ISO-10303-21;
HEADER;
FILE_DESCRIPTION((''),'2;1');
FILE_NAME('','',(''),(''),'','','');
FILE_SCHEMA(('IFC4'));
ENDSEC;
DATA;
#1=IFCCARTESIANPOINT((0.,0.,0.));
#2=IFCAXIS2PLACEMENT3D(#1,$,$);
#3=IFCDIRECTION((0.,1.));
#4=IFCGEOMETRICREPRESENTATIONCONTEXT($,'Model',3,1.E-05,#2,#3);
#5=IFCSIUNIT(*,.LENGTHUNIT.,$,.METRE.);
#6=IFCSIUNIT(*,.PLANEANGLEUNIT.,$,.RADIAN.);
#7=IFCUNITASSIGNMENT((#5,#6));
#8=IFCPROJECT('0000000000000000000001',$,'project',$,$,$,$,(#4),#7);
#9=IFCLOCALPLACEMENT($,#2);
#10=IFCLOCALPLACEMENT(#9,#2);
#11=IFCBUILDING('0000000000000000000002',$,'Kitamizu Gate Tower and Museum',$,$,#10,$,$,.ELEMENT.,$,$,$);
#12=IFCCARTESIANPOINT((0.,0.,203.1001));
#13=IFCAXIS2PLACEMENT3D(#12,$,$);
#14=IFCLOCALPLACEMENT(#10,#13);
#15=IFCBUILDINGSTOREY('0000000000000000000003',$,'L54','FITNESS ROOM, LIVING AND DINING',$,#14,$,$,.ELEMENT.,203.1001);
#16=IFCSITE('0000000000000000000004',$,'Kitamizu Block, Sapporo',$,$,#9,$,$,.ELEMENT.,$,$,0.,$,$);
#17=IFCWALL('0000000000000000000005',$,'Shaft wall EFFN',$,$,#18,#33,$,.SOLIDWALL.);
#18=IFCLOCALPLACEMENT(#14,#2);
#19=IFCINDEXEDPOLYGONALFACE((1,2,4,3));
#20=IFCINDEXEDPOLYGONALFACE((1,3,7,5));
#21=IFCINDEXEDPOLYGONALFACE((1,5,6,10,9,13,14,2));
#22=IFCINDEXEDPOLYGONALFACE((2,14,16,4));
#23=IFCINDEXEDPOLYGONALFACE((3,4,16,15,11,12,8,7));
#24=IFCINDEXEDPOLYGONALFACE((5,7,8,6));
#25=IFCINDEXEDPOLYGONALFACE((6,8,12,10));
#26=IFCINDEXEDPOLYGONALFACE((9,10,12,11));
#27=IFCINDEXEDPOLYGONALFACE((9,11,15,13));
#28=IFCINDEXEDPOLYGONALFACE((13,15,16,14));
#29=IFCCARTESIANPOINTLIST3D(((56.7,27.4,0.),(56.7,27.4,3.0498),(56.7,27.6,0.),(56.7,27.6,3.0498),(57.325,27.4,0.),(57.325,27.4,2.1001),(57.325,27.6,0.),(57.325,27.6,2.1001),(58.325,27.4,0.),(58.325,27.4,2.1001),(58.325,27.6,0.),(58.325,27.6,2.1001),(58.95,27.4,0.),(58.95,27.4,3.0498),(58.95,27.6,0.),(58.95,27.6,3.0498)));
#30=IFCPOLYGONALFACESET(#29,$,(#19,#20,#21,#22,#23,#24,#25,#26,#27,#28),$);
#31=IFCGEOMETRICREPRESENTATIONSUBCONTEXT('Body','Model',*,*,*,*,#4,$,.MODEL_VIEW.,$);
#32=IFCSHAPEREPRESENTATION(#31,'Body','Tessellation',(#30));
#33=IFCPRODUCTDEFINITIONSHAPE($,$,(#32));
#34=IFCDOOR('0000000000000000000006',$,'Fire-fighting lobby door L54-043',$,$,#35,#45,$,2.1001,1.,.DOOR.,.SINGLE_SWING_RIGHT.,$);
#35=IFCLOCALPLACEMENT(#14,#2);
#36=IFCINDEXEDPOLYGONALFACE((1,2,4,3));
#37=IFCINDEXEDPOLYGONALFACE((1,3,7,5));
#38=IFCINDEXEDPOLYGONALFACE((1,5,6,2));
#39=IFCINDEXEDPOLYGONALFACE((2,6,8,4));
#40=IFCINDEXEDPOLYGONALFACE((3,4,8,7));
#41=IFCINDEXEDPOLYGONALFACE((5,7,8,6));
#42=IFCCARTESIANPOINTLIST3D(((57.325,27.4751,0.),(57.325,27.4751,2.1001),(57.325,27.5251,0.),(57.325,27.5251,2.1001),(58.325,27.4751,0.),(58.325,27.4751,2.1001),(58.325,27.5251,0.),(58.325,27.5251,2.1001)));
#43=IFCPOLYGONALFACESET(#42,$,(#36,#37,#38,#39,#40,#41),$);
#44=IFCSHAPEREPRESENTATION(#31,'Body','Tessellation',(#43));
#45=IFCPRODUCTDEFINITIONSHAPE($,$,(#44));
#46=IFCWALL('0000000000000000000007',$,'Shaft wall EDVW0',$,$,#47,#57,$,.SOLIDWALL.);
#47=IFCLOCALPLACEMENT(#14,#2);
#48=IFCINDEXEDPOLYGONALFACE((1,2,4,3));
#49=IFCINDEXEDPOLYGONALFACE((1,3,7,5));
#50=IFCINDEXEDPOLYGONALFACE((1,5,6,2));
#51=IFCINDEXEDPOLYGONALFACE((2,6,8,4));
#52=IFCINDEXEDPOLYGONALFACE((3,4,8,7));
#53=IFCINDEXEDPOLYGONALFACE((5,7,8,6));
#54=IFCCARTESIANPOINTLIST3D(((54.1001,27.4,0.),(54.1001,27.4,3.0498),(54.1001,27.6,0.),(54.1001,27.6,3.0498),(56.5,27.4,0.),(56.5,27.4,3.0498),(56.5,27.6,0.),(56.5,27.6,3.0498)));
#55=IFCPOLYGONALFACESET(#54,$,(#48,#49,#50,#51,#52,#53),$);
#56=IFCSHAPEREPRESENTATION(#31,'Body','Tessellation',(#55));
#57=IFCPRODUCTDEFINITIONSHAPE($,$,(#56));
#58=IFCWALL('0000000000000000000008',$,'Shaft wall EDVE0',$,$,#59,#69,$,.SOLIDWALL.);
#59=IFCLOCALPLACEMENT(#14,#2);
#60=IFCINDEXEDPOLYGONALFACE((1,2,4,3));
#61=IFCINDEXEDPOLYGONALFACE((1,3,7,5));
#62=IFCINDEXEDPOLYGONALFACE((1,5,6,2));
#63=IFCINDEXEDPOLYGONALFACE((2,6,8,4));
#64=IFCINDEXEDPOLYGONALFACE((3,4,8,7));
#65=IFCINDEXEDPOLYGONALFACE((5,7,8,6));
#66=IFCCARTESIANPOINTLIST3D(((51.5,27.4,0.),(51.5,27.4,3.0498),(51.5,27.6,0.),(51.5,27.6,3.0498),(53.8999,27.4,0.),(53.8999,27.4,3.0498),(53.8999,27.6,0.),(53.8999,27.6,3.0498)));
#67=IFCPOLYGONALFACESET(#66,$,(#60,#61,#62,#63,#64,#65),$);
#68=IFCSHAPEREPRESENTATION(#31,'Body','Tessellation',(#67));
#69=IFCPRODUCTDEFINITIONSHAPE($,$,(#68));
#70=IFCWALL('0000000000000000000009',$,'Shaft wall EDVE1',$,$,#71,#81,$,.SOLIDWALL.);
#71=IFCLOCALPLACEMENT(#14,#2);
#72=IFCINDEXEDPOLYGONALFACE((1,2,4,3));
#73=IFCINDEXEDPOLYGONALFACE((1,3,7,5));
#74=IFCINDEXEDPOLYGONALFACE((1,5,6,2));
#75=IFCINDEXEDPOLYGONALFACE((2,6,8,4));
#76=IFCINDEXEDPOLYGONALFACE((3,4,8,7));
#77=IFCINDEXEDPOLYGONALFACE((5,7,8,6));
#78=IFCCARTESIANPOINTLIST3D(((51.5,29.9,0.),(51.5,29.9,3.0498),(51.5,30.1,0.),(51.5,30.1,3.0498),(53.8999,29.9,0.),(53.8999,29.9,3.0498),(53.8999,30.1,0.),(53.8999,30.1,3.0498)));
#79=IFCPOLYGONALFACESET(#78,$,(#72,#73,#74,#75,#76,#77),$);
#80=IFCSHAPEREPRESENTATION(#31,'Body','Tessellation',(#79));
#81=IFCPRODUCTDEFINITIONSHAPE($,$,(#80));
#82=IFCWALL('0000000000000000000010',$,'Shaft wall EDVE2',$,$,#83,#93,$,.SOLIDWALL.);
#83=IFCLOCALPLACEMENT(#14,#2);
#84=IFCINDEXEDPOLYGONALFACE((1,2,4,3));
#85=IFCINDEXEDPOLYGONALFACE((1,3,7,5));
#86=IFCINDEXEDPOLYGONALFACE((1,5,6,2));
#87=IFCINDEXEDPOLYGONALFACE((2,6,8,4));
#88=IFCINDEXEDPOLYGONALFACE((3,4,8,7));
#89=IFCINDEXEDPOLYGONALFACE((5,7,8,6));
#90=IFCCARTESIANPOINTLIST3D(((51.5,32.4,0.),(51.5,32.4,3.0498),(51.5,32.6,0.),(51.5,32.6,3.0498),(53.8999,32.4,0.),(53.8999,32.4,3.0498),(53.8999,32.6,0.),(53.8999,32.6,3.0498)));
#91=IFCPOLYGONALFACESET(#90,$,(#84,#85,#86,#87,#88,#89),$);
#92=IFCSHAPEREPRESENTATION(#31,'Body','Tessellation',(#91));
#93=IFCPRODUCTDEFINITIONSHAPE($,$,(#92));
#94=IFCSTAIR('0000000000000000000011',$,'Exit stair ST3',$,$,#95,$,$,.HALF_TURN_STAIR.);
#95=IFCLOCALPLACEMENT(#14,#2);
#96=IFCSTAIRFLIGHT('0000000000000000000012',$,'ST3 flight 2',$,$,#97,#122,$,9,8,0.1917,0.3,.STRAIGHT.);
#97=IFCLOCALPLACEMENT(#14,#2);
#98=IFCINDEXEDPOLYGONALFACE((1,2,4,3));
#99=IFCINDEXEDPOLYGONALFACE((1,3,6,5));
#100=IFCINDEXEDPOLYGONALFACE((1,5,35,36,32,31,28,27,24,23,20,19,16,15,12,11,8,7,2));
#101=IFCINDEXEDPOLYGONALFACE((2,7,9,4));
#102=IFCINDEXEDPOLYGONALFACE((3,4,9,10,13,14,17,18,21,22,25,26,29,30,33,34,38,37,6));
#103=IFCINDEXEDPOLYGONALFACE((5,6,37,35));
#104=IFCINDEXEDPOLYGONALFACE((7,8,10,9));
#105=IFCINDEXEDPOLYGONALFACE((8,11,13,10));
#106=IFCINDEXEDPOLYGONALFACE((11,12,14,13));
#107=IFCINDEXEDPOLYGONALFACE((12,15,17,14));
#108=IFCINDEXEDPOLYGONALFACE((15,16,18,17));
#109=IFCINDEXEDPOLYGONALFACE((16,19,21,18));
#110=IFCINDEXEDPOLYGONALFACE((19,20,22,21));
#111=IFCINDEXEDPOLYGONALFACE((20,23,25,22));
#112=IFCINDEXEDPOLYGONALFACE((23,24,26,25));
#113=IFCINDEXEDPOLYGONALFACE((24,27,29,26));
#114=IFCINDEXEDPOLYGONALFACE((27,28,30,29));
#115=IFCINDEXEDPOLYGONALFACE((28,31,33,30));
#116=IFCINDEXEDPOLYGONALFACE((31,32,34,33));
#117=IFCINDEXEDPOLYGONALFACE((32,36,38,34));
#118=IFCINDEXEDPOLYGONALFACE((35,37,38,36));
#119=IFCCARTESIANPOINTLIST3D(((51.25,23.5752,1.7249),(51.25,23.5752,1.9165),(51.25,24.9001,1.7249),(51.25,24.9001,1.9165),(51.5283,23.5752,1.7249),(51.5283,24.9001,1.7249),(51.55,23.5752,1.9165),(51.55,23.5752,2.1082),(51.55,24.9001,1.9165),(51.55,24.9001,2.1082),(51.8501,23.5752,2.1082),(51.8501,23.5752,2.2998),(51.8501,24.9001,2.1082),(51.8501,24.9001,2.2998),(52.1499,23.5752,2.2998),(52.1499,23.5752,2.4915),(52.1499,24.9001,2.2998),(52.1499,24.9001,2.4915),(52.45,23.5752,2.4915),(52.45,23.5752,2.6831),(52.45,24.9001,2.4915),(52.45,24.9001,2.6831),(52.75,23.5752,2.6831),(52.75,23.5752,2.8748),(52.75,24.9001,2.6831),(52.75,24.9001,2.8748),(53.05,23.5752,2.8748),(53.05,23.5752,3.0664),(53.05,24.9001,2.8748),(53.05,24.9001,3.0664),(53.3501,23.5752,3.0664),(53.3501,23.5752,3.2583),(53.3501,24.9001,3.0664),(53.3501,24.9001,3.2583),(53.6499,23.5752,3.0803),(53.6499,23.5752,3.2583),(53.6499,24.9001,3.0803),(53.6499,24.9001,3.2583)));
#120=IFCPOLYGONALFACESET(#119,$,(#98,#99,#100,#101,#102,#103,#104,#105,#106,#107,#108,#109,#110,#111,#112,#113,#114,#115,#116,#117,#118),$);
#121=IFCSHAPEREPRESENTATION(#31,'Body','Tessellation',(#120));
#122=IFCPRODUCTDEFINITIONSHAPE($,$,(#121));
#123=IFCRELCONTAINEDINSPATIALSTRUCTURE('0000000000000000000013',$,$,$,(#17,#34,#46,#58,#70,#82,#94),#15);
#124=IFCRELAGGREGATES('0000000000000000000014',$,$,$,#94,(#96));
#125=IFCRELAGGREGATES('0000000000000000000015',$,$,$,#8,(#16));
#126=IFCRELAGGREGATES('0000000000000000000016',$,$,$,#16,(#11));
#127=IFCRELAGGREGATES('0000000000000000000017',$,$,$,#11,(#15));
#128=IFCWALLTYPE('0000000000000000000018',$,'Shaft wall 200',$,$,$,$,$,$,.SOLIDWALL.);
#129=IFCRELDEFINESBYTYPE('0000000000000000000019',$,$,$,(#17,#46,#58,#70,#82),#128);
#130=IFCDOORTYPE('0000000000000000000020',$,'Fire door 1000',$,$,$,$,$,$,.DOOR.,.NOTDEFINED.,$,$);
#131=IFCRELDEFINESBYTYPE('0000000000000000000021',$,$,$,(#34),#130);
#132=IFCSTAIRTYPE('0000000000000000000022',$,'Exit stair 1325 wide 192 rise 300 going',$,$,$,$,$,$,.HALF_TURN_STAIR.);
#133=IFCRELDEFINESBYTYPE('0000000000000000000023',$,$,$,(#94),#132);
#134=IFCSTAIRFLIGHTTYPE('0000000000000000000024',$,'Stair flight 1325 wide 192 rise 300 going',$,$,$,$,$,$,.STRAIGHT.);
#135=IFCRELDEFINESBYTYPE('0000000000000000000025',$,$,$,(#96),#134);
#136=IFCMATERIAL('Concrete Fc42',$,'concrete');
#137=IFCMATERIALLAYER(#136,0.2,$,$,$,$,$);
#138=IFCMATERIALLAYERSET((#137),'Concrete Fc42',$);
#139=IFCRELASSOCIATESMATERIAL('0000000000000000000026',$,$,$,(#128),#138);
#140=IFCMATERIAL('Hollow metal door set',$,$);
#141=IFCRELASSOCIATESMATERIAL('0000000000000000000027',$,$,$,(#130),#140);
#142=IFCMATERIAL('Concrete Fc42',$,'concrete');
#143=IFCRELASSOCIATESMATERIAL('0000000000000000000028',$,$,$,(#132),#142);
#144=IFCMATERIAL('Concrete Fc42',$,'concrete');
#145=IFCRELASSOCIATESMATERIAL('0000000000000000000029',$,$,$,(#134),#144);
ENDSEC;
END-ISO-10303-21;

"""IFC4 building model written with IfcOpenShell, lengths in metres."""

from ifc_helpers import new_model, si_unit, direction, frame, frame_2d, origin, place, context, subcontext, project, spatial, polyline, rectangle, outline, extrude, material, layer, layer_set, type_object, element, fill, aggregate, save


model = new_model("IFC4")

# Units and contexts
model_context = context("Model", 3, precision=1e-05, world=origin(), true_north=direction((0.0, 1.0)))
body_context = subcontext(model_context, "Body", "Model", "MODEL_VIEW")
ifc_project = project(units=[si_unit("LENGTHUNIT", "METRE"), si_unit("PLANEANGLEUNIT", "RADIAN")], contexts=[model_context])

# Site, building, storey
site_placement = place(None, origin())
site = spatial("IfcSite", under=ifc_project, at=site_placement, Name="Kitamizu Block, Sapporo", CompositionType="ELEMENT", RefElevation=0.0)
building_placement = place(site_placement, origin())
building = spatial("IfcBuilding", under=site, at=building_placement, Name="Kitamizu Gate Tower and Museum", CompositionType="ELEMENT")
storey_placement = place(building_placement, frame((0.0, 0.0, 203.1001)))
storey = spatial("IfcBuildingStorey", under=building, at=storey_placement, Name="L54", Description="FITNESS ROOM, LIVING AND DINING", CompositionType="ELEMENT", Elevation=203.1001)

# Shared definitions
ifc_material_1 = material(Name="Concrete Fc42", Category="concrete")
ifc_layer_1 = layer(ifc_material_1, 0.2)
ifc_layer_set_1 = layer_set([ifc_layer_1], Name="Concrete Fc42")
wall_type_1 = type_object("IfcWallType", Name="Shaft wall 200", PredefinedType="SOLIDWALL", material=ifc_layer_set_1)
ifc_material_2 = material(Name="Hollow metal door set")
door_type_1 = type_object("IfcDoorType", Name="Fire door 1000", OperationType="NOTDEFINED", PredefinedType="DOOR", material=ifc_material_2)

# Wall, opening, door
wall_1_placement = place(storey_placement, frame((58.95, 27.5, 0.0), z_axis=(0.0, 0.0, 1.0), x_axis=(-1.0, 0.0, 0.0)))
wall_1 = element("IfcWall", 1, at=wall_1_placement, inside=storey, type_object=wall_type_1, Name="Shaft wall EFFN", PredefinedType="SOLIDWALL", context=body_context, shape_type="SweptSolid", body=[
    extrude(rectangle(XDim=2.25, YDim=0.2, at=frame_2d((1.125, 0.0))), origin(), (0.0, 0.0, 1.0), 3.0498),
])
opening_1_placement = place(wall_1_placement, frame((0.625, 0.0, 0.0)))
opening_1 = element("IfcOpeningElement", 2, at=opening_1_placement, cuts=wall_1, PredefinedType="OPENING", context=body_context, shape_type="SweptSolid", body=[
    extrude(rectangle(XDim=1.0, YDim=2.1001, at=frame_2d((0.5, 1.05))), frame((0.0, 0.1099, 0.0), z_axis=(0.0, -1.0, 0.0), x_axis=(1.0, 0.0, 0.0)), (0.0, 0.0, 1.0), 0.22),
])
door_1_placement = place(opening_1_placement, origin())
door_1 = element("IfcDoor", 3, at=door_1_placement, inside=storey, type_object=door_type_1, Name="Fire-fighting lobby door L54-043", OperationType="SINGLE_SWING_RIGHT", OverallHeight=2.1001, OverallWidth=1.0, PredefinedType="DOOR", context=body_context, shape_type="SweptSolid", body=[
    extrude(rectangle(XDim=1.0, YDim=2.1001, at=frame_2d((0.5, 1.05))), frame((0.0, 0.0249, 0.0), z_axis=(0.0, -1.0, 0.0), x_axis=(1.0, 0.0, 0.0)), (0.0, 0.0, 1.0), 0.05),
])
fill(opening_1, door_1)

# Walls
for number, where, z_axis, x_axis, name in (
    (4, (56.5, 27.5, 0.0), (0.0, 0.0, 1.0), (-1.0, 0.0, 0.0), "Shaft wall EDVW0"),
    (5, (53.8999, 27.5, 0.0), (0.0, 0.0, 1.0), (-1.0, 0.0, 0.0), "Shaft wall EDVE0"),
    (6, (53.8999, 30.0, 0.0), (0.0, 0.0, 1.0), (-1.0, 0.0, 0.0), "Shaft wall EDVE1"),
    (7, (53.8999, 32.5, 0.0), (0.0, 0.0, 1.0), (-1.0, 0.0, 0.0), "Shaft wall EDVE2"),
):
    element("IfcWall", number, at=place(storey_placement, frame(where, z_axis=z_axis, x_axis=x_axis)), inside=storey, type_object=wall_type_1, Name=name, PredefinedType="SOLIDWALL", context=body_context, shape_type="SweptSolid", body=[
        extrude(rectangle(XDim=2.3999, YDim=0.2, at=frame_2d((1.2, 0.0))), origin(), (0.0, 0.0, 1.0), 3.0498),
    ])

# Stair, stair flight
ifc_material_3 = material(Name="Concrete Fc42", Category="concrete")
stair_type = type_object("IfcStairType", Name="Exit stair 1325 wide 192 rise 300 going", PredefinedType="HALF_TURN_STAIR", material=ifc_material_3)
stair_placement = place(storey_placement, origin())
stair = element("IfcStair", 8, at=stair_placement, inside=storey, type_object=stair_type, Name="Exit stair ST3", PredefinedType="HALF_TURN_STAIR")
ifc_material_4 = material(Name="Concrete Fc42", Category="concrete")
stair_flight_type = type_object("IfcStairFlightType", Name="Stair flight 1325 wide 192 rise 300 going", PredefinedType="STRAIGHT", material=ifc_material_4)
stair_flight_placement = place(storey_placement, frame((51.25, 24.2375, 1.7249), z_axis=(0.0, 0.0, 1.0), x_axis=(1.0, 0.0, 0.0)))
stair_flight = element("IfcStairFlight", 9, at=stair_flight_placement, type_object=stair_flight_type, Name="ST3 flight 2", NumberOfRisers=9, NumberOfTreads=8, PredefinedType="STRAIGHT", RiserHeight=0.1917, TreadLength=0.3, context=body_context, shape_type="SweptSolid", body=[
    extrude(outline(polyline([(0.0, 0.0), (0.0, 0.1917), (0.3, 0.1917), (0.3, 0.3833), (0.6001, 0.3833), (0.6001, 0.575), (0.8999, 0.575), (0.8999, 0.7666), (1.2, 0.7666), (1.2, 0.9583), (1.5, 0.9583), (1.5, 1.1499), (1.8, 1.1499), (1.8, 1.3416), (2.1001, 1.3416), (2.1001, 1.5334), (2.3999, 1.5334), (2.3999, 1.7251), (2.3999, 1.3555), (0.2783, 0.0), (0.0, 0.0)])), frame((0.0, 0.6626, 0.0), z_axis=(0.0, -1.0, 0.0), x_axis=(1.0, 0.0, 0.0)), (0.0, 0.0, 1.0), 1.325),
])
aggregate(stair, [stair_flight])

save(model, "model.ifc")
